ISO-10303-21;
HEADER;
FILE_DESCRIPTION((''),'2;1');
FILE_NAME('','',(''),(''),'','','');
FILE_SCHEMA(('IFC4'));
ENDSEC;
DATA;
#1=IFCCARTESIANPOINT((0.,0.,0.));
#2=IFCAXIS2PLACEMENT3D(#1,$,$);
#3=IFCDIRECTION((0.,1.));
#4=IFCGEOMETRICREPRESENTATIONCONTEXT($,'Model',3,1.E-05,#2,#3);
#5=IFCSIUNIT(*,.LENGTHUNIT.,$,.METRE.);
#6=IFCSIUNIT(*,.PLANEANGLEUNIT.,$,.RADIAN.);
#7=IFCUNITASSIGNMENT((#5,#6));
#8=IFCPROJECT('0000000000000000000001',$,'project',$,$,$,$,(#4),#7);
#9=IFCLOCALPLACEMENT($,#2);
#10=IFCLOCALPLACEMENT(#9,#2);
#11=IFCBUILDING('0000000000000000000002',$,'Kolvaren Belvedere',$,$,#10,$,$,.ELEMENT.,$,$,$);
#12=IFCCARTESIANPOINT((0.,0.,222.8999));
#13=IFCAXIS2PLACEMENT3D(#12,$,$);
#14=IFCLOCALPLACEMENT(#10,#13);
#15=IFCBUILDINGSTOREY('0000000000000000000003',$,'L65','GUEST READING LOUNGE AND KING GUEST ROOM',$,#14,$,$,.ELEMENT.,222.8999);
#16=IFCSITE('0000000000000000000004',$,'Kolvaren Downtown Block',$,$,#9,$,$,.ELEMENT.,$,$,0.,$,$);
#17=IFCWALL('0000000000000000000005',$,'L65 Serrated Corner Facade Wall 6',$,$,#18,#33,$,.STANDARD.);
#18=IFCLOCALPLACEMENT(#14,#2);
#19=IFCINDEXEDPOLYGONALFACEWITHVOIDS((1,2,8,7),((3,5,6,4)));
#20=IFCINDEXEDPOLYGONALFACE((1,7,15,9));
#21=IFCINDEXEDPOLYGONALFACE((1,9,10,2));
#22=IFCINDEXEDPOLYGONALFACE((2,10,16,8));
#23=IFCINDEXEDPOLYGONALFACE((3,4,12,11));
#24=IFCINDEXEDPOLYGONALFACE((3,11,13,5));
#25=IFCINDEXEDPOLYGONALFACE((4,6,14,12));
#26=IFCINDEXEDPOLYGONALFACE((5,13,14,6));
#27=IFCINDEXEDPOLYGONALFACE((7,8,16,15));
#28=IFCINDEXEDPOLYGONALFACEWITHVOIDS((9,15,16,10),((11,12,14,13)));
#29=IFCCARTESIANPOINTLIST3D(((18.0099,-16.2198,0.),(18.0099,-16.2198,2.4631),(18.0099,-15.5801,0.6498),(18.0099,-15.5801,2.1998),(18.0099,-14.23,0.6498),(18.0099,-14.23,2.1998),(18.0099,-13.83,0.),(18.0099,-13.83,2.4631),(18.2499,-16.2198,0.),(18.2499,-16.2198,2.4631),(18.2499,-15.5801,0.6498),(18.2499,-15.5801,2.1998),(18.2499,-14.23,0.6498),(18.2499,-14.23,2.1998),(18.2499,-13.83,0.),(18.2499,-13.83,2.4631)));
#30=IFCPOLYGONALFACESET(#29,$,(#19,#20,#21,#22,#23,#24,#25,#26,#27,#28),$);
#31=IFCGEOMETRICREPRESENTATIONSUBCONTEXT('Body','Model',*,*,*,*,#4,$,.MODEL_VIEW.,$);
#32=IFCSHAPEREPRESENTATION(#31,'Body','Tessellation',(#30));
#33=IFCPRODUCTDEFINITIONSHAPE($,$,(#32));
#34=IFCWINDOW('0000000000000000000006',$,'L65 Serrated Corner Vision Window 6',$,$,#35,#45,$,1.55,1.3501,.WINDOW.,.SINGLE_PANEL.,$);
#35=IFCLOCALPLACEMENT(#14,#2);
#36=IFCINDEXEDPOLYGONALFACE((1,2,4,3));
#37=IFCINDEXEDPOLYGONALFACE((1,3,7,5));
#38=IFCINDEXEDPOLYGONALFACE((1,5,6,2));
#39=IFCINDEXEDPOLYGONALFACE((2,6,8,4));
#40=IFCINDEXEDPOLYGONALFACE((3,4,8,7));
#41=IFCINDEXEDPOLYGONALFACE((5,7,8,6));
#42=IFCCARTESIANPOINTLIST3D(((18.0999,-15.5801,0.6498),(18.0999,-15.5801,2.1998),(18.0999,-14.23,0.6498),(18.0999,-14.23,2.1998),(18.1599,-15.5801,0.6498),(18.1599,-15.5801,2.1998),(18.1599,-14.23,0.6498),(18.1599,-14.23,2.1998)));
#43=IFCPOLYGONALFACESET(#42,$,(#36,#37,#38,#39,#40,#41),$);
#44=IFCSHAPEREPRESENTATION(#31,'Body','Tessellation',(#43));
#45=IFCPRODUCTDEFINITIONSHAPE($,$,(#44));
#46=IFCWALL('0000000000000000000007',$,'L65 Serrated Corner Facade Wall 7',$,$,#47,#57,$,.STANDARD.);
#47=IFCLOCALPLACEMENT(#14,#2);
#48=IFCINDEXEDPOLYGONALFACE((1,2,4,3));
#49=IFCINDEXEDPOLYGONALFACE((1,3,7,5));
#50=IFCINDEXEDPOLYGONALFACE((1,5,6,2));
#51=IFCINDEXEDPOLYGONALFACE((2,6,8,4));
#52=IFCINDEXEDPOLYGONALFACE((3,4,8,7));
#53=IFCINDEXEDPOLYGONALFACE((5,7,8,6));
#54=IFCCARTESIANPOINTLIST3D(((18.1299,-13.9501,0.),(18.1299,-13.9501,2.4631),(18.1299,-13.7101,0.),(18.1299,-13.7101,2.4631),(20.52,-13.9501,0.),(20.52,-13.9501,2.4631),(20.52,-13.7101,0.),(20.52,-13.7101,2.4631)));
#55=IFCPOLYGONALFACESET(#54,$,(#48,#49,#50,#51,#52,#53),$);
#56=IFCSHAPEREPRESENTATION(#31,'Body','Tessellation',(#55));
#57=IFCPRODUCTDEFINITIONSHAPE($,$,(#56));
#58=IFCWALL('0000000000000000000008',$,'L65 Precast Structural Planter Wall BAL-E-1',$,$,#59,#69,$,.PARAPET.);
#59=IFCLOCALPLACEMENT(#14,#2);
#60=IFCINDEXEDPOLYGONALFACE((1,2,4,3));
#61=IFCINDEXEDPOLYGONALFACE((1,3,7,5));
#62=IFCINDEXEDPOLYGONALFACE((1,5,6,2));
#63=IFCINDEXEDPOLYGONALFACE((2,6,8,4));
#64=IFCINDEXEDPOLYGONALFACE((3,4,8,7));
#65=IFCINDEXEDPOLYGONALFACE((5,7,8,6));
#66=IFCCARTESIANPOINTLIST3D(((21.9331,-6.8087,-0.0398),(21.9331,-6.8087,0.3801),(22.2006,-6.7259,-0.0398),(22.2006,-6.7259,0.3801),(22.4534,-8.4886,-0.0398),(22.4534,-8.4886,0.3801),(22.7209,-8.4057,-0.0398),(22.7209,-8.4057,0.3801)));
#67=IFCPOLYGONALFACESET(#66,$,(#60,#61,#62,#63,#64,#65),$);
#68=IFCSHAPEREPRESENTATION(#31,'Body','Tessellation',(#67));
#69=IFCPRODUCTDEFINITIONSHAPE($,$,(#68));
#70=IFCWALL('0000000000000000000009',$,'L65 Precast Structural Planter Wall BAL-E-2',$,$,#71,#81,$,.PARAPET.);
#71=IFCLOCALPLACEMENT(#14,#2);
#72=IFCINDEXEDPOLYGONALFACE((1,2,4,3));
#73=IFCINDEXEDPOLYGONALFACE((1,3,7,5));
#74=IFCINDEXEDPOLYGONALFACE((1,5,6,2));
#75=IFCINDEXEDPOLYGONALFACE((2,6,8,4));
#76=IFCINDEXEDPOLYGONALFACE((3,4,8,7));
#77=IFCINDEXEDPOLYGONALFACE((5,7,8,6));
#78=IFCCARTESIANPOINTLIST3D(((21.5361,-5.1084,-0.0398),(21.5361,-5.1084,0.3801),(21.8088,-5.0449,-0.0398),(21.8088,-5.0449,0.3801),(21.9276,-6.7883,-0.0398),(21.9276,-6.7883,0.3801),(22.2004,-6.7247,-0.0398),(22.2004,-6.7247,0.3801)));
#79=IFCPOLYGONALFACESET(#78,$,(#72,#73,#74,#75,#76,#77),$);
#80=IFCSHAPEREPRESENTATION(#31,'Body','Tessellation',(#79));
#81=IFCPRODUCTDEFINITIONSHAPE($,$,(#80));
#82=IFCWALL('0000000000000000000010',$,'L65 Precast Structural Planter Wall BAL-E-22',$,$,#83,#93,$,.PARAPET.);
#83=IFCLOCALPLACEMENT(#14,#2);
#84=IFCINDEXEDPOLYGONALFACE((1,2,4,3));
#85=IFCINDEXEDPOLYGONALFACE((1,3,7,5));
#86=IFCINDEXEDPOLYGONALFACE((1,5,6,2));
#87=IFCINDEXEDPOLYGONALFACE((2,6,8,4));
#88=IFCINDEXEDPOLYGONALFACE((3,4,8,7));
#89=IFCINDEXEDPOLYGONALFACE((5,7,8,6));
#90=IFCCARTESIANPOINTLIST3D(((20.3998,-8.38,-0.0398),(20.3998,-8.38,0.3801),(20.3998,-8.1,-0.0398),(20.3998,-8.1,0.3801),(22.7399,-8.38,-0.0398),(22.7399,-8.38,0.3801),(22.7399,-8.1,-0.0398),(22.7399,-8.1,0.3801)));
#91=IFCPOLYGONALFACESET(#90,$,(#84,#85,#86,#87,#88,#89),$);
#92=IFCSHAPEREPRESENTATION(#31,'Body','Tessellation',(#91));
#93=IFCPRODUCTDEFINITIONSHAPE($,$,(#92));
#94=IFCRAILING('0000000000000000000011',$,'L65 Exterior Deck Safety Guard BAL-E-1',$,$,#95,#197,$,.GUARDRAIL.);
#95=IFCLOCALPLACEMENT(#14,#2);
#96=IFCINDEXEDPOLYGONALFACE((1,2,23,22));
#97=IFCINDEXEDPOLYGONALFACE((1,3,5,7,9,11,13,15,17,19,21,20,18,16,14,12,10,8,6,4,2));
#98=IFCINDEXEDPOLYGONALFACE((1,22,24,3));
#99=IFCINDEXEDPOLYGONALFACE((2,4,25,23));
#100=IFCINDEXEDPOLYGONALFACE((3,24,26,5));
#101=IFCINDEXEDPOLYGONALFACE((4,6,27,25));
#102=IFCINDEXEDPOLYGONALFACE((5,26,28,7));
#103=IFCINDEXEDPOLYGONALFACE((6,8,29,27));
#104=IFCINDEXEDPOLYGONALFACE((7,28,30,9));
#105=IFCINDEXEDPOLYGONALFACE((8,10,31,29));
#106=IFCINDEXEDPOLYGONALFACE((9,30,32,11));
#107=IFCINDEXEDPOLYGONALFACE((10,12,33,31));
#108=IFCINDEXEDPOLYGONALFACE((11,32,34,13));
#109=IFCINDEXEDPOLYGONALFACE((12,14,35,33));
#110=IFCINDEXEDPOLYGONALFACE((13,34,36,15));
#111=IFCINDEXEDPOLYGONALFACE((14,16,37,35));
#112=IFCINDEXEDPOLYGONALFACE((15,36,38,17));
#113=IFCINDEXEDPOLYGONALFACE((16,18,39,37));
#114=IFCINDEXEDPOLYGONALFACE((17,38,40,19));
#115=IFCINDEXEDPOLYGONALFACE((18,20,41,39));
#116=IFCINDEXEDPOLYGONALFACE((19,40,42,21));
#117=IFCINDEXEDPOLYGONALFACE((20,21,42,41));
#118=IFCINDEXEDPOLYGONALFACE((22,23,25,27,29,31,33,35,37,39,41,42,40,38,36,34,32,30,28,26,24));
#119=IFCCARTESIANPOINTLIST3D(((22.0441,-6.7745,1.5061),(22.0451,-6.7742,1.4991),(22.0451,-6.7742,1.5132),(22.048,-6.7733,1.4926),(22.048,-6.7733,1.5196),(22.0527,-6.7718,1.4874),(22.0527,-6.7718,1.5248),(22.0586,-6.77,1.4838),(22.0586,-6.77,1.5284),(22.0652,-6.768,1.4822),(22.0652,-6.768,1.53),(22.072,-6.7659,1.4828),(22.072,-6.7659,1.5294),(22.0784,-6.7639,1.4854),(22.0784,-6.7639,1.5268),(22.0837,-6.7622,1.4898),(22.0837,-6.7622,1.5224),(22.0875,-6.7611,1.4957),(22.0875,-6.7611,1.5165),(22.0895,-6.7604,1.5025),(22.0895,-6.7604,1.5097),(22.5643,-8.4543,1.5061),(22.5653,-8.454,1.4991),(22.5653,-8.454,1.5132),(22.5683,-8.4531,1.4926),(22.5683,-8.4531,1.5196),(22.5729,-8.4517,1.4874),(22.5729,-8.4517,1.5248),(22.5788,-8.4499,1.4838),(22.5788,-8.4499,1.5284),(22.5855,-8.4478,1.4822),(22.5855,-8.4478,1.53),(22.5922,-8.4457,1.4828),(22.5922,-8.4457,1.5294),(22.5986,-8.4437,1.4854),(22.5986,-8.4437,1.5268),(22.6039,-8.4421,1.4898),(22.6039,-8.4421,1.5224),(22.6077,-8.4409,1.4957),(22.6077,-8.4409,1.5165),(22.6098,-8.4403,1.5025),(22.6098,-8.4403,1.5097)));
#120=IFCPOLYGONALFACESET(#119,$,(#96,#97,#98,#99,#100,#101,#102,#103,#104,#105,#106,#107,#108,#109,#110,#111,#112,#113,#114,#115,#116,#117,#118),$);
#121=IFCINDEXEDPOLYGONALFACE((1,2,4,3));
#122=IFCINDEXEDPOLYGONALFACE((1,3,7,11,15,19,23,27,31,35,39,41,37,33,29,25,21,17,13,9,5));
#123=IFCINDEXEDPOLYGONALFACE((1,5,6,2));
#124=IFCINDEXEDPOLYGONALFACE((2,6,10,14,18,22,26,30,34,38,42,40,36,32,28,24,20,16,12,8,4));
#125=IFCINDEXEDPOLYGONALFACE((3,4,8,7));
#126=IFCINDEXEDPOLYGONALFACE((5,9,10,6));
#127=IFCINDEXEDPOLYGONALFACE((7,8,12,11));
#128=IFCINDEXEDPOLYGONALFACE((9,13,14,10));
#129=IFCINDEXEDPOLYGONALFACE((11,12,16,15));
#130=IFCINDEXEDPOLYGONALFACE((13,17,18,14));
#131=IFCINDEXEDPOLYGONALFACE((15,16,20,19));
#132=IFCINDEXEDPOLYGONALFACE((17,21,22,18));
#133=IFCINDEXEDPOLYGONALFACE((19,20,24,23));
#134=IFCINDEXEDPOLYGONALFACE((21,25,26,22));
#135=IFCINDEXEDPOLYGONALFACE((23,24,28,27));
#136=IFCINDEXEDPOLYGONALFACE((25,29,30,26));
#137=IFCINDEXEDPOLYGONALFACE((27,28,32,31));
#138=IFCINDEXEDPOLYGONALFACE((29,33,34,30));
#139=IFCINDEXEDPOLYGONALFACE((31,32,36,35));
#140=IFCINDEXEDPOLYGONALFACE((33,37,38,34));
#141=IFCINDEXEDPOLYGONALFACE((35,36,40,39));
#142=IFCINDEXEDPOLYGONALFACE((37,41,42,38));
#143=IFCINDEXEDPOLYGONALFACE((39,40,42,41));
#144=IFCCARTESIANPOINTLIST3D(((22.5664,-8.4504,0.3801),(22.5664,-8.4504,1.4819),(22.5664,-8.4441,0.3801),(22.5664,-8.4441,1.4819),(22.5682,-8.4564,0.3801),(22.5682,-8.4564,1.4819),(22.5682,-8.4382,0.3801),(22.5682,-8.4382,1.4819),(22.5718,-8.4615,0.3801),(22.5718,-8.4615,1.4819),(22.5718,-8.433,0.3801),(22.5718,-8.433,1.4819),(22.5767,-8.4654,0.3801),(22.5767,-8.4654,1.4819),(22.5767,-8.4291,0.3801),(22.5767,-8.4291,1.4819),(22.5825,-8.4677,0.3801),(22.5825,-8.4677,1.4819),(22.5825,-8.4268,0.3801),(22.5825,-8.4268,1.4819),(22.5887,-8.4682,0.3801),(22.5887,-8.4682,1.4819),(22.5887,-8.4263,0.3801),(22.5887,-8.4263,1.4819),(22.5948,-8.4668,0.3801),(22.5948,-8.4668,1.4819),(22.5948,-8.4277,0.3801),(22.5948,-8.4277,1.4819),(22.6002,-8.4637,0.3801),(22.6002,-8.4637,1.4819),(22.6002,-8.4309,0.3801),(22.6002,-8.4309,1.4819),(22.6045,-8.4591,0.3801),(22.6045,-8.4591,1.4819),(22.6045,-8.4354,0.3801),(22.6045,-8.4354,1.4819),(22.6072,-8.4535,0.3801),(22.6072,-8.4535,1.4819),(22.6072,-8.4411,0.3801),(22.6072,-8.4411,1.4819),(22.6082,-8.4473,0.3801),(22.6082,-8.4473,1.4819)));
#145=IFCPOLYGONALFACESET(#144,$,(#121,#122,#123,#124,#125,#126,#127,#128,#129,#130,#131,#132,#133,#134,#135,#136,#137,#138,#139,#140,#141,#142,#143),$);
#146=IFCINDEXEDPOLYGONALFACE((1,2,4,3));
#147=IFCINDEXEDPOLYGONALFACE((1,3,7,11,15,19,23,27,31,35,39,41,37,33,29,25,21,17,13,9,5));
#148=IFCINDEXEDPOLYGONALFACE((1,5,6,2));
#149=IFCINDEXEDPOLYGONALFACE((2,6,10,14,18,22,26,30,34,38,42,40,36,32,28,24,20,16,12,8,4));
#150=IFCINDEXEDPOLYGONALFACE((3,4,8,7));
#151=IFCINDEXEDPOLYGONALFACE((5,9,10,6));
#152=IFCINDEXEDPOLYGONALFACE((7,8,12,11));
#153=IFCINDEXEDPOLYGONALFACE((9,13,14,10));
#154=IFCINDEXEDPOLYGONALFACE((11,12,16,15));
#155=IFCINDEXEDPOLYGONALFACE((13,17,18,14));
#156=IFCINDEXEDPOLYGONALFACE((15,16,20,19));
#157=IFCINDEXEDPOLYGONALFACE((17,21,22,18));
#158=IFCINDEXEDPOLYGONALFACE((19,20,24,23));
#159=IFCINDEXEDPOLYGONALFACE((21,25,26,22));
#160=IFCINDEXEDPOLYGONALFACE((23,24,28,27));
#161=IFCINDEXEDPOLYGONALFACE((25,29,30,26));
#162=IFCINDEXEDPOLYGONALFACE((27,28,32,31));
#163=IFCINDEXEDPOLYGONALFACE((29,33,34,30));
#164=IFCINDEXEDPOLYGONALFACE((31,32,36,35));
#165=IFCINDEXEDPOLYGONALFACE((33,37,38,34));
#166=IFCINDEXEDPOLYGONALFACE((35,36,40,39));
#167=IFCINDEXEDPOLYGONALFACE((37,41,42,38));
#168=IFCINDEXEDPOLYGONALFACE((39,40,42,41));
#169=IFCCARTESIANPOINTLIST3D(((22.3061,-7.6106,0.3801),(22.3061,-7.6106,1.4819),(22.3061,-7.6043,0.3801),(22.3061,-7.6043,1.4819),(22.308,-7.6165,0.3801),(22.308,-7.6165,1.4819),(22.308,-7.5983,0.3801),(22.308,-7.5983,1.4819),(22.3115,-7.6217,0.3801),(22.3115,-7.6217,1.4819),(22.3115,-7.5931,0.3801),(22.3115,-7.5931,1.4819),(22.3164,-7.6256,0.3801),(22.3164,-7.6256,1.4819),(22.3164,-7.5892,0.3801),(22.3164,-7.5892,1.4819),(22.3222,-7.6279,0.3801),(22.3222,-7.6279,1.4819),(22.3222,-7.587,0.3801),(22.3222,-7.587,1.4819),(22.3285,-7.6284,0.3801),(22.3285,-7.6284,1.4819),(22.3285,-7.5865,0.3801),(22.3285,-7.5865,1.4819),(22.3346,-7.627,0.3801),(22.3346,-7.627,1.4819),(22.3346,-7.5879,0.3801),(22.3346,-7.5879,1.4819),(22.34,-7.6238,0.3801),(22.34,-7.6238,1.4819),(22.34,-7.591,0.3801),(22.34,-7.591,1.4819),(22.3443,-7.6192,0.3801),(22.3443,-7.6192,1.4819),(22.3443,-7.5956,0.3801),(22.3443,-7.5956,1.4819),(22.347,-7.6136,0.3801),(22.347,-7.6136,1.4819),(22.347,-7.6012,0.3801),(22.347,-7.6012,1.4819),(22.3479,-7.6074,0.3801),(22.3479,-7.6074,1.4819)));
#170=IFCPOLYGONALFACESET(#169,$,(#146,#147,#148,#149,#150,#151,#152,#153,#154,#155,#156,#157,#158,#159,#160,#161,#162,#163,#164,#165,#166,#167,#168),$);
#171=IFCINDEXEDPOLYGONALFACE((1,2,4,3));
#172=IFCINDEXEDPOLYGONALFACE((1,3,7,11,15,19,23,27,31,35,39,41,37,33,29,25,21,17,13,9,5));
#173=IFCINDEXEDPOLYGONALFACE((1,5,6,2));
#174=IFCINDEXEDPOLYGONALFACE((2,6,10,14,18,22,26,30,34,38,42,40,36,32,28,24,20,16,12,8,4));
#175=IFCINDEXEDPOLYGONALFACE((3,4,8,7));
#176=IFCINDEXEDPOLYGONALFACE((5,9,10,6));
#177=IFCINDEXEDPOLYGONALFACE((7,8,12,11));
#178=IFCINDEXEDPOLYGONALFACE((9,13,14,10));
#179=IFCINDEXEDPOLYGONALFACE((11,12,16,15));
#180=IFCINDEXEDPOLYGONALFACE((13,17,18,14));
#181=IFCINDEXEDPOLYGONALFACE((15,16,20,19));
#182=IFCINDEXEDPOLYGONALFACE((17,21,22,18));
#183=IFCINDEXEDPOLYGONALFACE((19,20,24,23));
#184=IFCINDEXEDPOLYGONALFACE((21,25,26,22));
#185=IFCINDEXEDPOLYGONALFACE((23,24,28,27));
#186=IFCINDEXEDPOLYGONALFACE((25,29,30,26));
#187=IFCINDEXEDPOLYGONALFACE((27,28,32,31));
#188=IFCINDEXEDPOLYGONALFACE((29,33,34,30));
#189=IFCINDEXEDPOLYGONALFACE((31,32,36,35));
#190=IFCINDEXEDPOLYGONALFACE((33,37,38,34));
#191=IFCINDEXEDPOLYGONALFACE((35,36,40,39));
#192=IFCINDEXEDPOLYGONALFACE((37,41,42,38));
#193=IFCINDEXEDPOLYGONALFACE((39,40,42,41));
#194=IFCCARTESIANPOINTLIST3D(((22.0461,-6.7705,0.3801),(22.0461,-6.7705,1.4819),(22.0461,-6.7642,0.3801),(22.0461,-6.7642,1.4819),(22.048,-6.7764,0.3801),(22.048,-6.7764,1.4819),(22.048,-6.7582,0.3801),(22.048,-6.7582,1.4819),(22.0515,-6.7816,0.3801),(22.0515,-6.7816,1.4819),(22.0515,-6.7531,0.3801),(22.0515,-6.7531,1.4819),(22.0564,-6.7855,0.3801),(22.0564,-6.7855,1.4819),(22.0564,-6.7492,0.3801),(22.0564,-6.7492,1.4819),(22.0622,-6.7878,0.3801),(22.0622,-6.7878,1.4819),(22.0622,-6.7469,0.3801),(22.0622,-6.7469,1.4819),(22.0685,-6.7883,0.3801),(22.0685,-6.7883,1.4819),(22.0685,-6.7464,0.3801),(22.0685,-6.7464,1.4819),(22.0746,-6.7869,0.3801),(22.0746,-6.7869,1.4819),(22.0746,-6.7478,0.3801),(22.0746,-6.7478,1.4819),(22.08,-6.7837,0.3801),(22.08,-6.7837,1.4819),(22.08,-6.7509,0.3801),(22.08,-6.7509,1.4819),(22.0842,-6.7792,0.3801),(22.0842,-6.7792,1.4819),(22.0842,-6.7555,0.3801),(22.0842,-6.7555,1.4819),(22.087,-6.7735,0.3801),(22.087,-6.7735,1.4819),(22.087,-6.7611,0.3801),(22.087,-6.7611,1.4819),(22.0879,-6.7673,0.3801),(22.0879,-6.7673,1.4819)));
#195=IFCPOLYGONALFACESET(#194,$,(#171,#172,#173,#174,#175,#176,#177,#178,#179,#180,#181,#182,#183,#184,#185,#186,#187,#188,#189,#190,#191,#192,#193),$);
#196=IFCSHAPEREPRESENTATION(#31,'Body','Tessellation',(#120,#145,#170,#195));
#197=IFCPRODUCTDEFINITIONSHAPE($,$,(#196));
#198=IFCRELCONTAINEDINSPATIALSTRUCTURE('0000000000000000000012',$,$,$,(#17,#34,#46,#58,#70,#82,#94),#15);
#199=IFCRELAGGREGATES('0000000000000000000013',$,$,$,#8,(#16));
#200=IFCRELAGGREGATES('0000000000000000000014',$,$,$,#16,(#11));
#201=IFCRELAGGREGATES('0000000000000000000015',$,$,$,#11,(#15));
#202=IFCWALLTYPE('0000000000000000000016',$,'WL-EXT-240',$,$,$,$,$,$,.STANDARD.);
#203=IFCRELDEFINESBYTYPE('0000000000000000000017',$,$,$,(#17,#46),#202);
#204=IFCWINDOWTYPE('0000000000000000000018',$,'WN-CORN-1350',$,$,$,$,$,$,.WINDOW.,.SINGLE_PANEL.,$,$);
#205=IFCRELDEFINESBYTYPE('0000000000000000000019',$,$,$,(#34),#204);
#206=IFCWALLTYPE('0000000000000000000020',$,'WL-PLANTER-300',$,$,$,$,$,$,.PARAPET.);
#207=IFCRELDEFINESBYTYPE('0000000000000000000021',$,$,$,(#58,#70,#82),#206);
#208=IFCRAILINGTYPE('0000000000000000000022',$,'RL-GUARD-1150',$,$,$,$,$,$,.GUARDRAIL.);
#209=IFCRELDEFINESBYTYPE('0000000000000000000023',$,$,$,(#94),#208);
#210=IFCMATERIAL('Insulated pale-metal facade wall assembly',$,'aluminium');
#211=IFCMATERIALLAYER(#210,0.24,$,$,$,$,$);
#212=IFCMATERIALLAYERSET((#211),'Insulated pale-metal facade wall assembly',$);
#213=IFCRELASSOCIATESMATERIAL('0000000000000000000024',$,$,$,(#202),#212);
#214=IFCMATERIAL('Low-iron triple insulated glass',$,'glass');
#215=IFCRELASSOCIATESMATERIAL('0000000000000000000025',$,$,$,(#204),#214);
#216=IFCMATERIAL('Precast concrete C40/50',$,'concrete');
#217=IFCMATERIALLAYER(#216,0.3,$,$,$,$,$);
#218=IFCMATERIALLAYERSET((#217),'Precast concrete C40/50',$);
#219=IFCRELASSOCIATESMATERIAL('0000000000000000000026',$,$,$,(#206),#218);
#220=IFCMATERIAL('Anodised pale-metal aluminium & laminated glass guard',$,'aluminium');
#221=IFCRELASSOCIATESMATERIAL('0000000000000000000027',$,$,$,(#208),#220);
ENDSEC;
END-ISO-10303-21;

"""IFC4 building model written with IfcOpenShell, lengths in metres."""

from ifc_helpers import new_model, si_unit, direction, frame, frame_2d, origin, origin_2d, place, context, subcontext, project, spatial, rectangle, circle, extrude, material, layer, layer_set, type_object, element, fill, save


model = new_model("IFC4")

# Units and contexts
model_context = context("Model", 3, precision=1e-05, world=origin(), true_north=direction((0.0, 1.0)))
body_context = subcontext(model_context, "Body", "Model", "MODEL_VIEW")
ifc_project = project(units=[si_unit("LENGTHUNIT", "METRE"), si_unit("PLANEANGLEUNIT", "RADIAN")], contexts=[model_context])

# Site, building, storey
site_placement = place(None, origin())
site = spatial("IfcSite", under=ifc_project, at=site_placement, Name="Kolvaren Downtown Block", CompositionType="ELEMENT", RefElevation=0.0)
building_placement = place(site_placement, origin())
building = spatial("IfcBuilding", under=site, at=building_placement, Name="Kolvaren Belvedere", CompositionType="ELEMENT")
storey_placement = place(building_placement, frame((0.0, 0.0, 222.8999)))
storey = spatial("IfcBuildingStorey", under=building, at=storey_placement, Name="L65", Description="GUEST READING LOUNGE AND KING GUEST ROOM", CompositionType="ELEMENT", Elevation=222.8999)

# Shared definitions
ifc_material_1 = material(Name="Insulated pale-metal facade wall assembly", Category="aluminium")
ifc_layer_1 = layer(ifc_material_1, 0.24)
ifc_layer_set_1 = layer_set([ifc_layer_1], Name="Insulated pale-metal facade wall assembly")
wall_type_1 = type_object("IfcWallType", Name="WL-EXT-240", PredefinedType="STANDARD", material=ifc_layer_set_1)

# Wall, opening, window
ifc_material_2 = material(Name="Low-iron triple insulated glass", Category="glass")
window_type_1 = type_object("IfcWindowType", Name="WN-CORN-1350", PartitioningType="SINGLE_PANEL", PredefinedType="WINDOW", material=ifc_material_2)
wall_1_placement = place(storey_placement, frame((18.1299, -13.8301, 0.0), z_axis=(0.0, 0.0, 1.0), x_axis=(0.0, -1.0, 0.0)))
wall_1 = element("IfcWall", 1, at=wall_1_placement, inside=storey, type_object=wall_type_1, Name="L65 Serrated Corner Facade Wall 6", PredefinedType="STANDARD", context=body_context, shape_type="SweptSolid", body=[
    extrude(rectangle(XDim=2.3899, YDim=0.24, at=frame_2d((1.1948, 0.0))), origin(), (0.0, 0.0, 1.0), 2.4631),
])
opening_1_placement = place(wall_1_placement, frame((0.3999, 0.0, 0.6499)))
opening_1 = element("IfcOpeningElement", 2, at=opening_1_placement, cuts=wall_1, PredefinedType="OPENING", context=body_context, shape_type="SweptSolid", body=[
    extrude(rectangle(XDim=1.3501, YDim=1.55, at=frame_2d((0.675, 0.7749))), frame((0.0, 0.1299, 0.0), z_axis=(0.0, -1.0, 0.0), x_axis=(1.0, 0.0, 0.0)), (0.0, 0.0, 1.0), 0.26),
])
window_1_placement = place(opening_1_placement, origin())
window_1 = element("IfcWindow", 3, at=window_1_placement, inside=storey, type_object=window_type_1, Name="L65 Serrated Corner Vision Window 6", OverallHeight=1.55, OverallWidth=1.3501, PartitioningType="SINGLE_PANEL", PredefinedType="WINDOW", context=body_context, shape_type="SweptSolid", body=[
    extrude(rectangle(XDim=1.3501, YDim=1.55, at=frame_2d((0.675, 0.7749))), frame((0.0, 0.03, 0.0), z_axis=(0.0, -1.0, 0.0), x_axis=(1.0, 0.0, 0.0)), (0.0, 0.0, 1.0), 0.0601),
])
fill(opening_1, window_1)

# Walls
wall_2_placement = place(storey_placement, frame((20.52, -13.8301, 0.0), z_axis=(0.0, 0.0, 1.0), x_axis=(-1.0, 0.0, 0.0)))
element("IfcWall", 4, at=wall_2_placement, inside=storey, type_object=wall_type_1, Name="L65 Serrated Corner Facade Wall 7", PredefinedType="STANDARD", context=body_context, shape_type="SweptSolid", body=[
    extrude(rectangle(XDim=2.3901, YDim=0.24, at=frame_2d((1.1951, 0.0))), origin(), (0.0, 0.0, 1.0), 2.4631),
])
ifc_material_3 = material(Name="Precast concrete C40/50", Category="concrete")
ifc_layer_2 = layer(ifc_material_3, 0.3)
ifc_layer_set_2 = layer_set([ifc_layer_2], Name="Precast concrete C40/50")
wall_type_2 = type_object("IfcWallType", Name="WL-PLANTER-300", PredefinedType="PARAPET", material=ifc_layer_set_2)
wall_3_placement = place(storey_placement, frame((22.5872, -8.4473, -0.0398), z_axis=(0.0, 0.0, 1.0), x_axis=(-0.295832, 0.95524, 0.0)))
element("IfcWall", 5, at=wall_3_placement, inside=storey, type_object=wall_type_2, Name="L65 Precast Structural Planter Wall BAL-E-1", PredefinedType="PARAPET", context=body_context, shape_type="SweptSolid", body=[
    extrude(rectangle(XDim=1.7585, YDim=0.28, at=frame_2d((0.8794, 0.0))), origin(), (0.0, 0.0, 1.0), 0.4199),
])
wall_4_placement = place(storey_placement, frame((22.064, -6.7563, -0.0398), z_axis=(0.0, 0.0, 1.0), x_axis=(-0.227019, 0.97389, 0.0)))
element("IfcWall", 6, at=wall_4_placement, inside=storey, type_object=wall_type_2, Name="L65 Precast Structural Planter Wall BAL-E-2", PredefinedType="PARAPET", context=body_context, shape_type="SweptSolid", body=[
    extrude(rectangle(XDim=1.7249, YDim=0.28, at=frame_2d((0.8623, 0.0))), origin(), (0.0, 0.0, 1.0), 0.4199),
])
wall_5_placement = place(storey_placement, frame((20.3999, -8.24, -0.0398), z_axis=(0.0, 0.0, 1.0), x_axis=(1.0, 0.0, 0.0)))
element("IfcWall", 7, at=wall_5_placement, inside=storey, type_object=wall_type_2, Name="L65 Precast Structural Planter Wall BAL-E-22", PredefinedType="PARAPET", context=body_context, shape_type="SweptSolid", body=[
    extrude(rectangle(XDim=2.3401, YDim=0.28, at=frame_2d((1.1699, 0.0))), origin(), (0.0, 0.0, 1.0), 0.4199),
])

# Railing
ifc_material_4 = material(Name="Anodised pale-metal aluminium & laminated glass guard", Category="aluminium")
railing_type = type_object("IfcRailingType", Name="RL-GUARD-1150", PredefinedType="GUARDRAIL", material=ifc_material_4)
railing_1_placement = place(storey_placement, frame((22.5872, -8.4473, 0.3801)))
element("IfcRailing", 8, at=railing_1_placement, inside=storey, type_object=railing_type, Name="L65 Exterior Deck Safety Guard BAL-E-1", PredefinedType="GUARDRAIL", context=body_context, shape_type="SweptSolid", body=[
    extrude(circle(Radius=0.0239, at=origin_2d()), frame((0.0, 0.0, 1.126), z_axis=(-0.295832, 0.95524, 0.0), x_axis=(-0.95524, -0.295832, 0.0)), (0.0, 0.0, 1.0), 1.7585),
    extrude(circle(Radius=0.021, at=origin_2d()), origin(), (0.0, 0.0, 1.0), 1.1018),
    extrude(circle(Radius=0.021, at=origin_2d()), frame((-0.2603, 0.8398, 0.0)), (0.0, 0.0, 1.0), 1.1018),
    extrude(circle(Radius=0.021, at=origin_2d()), frame((-0.5203, 1.6799, 0.0)), (0.0, 0.0, 1.0), 1.1018),
])

save(model, "model.ifc")
